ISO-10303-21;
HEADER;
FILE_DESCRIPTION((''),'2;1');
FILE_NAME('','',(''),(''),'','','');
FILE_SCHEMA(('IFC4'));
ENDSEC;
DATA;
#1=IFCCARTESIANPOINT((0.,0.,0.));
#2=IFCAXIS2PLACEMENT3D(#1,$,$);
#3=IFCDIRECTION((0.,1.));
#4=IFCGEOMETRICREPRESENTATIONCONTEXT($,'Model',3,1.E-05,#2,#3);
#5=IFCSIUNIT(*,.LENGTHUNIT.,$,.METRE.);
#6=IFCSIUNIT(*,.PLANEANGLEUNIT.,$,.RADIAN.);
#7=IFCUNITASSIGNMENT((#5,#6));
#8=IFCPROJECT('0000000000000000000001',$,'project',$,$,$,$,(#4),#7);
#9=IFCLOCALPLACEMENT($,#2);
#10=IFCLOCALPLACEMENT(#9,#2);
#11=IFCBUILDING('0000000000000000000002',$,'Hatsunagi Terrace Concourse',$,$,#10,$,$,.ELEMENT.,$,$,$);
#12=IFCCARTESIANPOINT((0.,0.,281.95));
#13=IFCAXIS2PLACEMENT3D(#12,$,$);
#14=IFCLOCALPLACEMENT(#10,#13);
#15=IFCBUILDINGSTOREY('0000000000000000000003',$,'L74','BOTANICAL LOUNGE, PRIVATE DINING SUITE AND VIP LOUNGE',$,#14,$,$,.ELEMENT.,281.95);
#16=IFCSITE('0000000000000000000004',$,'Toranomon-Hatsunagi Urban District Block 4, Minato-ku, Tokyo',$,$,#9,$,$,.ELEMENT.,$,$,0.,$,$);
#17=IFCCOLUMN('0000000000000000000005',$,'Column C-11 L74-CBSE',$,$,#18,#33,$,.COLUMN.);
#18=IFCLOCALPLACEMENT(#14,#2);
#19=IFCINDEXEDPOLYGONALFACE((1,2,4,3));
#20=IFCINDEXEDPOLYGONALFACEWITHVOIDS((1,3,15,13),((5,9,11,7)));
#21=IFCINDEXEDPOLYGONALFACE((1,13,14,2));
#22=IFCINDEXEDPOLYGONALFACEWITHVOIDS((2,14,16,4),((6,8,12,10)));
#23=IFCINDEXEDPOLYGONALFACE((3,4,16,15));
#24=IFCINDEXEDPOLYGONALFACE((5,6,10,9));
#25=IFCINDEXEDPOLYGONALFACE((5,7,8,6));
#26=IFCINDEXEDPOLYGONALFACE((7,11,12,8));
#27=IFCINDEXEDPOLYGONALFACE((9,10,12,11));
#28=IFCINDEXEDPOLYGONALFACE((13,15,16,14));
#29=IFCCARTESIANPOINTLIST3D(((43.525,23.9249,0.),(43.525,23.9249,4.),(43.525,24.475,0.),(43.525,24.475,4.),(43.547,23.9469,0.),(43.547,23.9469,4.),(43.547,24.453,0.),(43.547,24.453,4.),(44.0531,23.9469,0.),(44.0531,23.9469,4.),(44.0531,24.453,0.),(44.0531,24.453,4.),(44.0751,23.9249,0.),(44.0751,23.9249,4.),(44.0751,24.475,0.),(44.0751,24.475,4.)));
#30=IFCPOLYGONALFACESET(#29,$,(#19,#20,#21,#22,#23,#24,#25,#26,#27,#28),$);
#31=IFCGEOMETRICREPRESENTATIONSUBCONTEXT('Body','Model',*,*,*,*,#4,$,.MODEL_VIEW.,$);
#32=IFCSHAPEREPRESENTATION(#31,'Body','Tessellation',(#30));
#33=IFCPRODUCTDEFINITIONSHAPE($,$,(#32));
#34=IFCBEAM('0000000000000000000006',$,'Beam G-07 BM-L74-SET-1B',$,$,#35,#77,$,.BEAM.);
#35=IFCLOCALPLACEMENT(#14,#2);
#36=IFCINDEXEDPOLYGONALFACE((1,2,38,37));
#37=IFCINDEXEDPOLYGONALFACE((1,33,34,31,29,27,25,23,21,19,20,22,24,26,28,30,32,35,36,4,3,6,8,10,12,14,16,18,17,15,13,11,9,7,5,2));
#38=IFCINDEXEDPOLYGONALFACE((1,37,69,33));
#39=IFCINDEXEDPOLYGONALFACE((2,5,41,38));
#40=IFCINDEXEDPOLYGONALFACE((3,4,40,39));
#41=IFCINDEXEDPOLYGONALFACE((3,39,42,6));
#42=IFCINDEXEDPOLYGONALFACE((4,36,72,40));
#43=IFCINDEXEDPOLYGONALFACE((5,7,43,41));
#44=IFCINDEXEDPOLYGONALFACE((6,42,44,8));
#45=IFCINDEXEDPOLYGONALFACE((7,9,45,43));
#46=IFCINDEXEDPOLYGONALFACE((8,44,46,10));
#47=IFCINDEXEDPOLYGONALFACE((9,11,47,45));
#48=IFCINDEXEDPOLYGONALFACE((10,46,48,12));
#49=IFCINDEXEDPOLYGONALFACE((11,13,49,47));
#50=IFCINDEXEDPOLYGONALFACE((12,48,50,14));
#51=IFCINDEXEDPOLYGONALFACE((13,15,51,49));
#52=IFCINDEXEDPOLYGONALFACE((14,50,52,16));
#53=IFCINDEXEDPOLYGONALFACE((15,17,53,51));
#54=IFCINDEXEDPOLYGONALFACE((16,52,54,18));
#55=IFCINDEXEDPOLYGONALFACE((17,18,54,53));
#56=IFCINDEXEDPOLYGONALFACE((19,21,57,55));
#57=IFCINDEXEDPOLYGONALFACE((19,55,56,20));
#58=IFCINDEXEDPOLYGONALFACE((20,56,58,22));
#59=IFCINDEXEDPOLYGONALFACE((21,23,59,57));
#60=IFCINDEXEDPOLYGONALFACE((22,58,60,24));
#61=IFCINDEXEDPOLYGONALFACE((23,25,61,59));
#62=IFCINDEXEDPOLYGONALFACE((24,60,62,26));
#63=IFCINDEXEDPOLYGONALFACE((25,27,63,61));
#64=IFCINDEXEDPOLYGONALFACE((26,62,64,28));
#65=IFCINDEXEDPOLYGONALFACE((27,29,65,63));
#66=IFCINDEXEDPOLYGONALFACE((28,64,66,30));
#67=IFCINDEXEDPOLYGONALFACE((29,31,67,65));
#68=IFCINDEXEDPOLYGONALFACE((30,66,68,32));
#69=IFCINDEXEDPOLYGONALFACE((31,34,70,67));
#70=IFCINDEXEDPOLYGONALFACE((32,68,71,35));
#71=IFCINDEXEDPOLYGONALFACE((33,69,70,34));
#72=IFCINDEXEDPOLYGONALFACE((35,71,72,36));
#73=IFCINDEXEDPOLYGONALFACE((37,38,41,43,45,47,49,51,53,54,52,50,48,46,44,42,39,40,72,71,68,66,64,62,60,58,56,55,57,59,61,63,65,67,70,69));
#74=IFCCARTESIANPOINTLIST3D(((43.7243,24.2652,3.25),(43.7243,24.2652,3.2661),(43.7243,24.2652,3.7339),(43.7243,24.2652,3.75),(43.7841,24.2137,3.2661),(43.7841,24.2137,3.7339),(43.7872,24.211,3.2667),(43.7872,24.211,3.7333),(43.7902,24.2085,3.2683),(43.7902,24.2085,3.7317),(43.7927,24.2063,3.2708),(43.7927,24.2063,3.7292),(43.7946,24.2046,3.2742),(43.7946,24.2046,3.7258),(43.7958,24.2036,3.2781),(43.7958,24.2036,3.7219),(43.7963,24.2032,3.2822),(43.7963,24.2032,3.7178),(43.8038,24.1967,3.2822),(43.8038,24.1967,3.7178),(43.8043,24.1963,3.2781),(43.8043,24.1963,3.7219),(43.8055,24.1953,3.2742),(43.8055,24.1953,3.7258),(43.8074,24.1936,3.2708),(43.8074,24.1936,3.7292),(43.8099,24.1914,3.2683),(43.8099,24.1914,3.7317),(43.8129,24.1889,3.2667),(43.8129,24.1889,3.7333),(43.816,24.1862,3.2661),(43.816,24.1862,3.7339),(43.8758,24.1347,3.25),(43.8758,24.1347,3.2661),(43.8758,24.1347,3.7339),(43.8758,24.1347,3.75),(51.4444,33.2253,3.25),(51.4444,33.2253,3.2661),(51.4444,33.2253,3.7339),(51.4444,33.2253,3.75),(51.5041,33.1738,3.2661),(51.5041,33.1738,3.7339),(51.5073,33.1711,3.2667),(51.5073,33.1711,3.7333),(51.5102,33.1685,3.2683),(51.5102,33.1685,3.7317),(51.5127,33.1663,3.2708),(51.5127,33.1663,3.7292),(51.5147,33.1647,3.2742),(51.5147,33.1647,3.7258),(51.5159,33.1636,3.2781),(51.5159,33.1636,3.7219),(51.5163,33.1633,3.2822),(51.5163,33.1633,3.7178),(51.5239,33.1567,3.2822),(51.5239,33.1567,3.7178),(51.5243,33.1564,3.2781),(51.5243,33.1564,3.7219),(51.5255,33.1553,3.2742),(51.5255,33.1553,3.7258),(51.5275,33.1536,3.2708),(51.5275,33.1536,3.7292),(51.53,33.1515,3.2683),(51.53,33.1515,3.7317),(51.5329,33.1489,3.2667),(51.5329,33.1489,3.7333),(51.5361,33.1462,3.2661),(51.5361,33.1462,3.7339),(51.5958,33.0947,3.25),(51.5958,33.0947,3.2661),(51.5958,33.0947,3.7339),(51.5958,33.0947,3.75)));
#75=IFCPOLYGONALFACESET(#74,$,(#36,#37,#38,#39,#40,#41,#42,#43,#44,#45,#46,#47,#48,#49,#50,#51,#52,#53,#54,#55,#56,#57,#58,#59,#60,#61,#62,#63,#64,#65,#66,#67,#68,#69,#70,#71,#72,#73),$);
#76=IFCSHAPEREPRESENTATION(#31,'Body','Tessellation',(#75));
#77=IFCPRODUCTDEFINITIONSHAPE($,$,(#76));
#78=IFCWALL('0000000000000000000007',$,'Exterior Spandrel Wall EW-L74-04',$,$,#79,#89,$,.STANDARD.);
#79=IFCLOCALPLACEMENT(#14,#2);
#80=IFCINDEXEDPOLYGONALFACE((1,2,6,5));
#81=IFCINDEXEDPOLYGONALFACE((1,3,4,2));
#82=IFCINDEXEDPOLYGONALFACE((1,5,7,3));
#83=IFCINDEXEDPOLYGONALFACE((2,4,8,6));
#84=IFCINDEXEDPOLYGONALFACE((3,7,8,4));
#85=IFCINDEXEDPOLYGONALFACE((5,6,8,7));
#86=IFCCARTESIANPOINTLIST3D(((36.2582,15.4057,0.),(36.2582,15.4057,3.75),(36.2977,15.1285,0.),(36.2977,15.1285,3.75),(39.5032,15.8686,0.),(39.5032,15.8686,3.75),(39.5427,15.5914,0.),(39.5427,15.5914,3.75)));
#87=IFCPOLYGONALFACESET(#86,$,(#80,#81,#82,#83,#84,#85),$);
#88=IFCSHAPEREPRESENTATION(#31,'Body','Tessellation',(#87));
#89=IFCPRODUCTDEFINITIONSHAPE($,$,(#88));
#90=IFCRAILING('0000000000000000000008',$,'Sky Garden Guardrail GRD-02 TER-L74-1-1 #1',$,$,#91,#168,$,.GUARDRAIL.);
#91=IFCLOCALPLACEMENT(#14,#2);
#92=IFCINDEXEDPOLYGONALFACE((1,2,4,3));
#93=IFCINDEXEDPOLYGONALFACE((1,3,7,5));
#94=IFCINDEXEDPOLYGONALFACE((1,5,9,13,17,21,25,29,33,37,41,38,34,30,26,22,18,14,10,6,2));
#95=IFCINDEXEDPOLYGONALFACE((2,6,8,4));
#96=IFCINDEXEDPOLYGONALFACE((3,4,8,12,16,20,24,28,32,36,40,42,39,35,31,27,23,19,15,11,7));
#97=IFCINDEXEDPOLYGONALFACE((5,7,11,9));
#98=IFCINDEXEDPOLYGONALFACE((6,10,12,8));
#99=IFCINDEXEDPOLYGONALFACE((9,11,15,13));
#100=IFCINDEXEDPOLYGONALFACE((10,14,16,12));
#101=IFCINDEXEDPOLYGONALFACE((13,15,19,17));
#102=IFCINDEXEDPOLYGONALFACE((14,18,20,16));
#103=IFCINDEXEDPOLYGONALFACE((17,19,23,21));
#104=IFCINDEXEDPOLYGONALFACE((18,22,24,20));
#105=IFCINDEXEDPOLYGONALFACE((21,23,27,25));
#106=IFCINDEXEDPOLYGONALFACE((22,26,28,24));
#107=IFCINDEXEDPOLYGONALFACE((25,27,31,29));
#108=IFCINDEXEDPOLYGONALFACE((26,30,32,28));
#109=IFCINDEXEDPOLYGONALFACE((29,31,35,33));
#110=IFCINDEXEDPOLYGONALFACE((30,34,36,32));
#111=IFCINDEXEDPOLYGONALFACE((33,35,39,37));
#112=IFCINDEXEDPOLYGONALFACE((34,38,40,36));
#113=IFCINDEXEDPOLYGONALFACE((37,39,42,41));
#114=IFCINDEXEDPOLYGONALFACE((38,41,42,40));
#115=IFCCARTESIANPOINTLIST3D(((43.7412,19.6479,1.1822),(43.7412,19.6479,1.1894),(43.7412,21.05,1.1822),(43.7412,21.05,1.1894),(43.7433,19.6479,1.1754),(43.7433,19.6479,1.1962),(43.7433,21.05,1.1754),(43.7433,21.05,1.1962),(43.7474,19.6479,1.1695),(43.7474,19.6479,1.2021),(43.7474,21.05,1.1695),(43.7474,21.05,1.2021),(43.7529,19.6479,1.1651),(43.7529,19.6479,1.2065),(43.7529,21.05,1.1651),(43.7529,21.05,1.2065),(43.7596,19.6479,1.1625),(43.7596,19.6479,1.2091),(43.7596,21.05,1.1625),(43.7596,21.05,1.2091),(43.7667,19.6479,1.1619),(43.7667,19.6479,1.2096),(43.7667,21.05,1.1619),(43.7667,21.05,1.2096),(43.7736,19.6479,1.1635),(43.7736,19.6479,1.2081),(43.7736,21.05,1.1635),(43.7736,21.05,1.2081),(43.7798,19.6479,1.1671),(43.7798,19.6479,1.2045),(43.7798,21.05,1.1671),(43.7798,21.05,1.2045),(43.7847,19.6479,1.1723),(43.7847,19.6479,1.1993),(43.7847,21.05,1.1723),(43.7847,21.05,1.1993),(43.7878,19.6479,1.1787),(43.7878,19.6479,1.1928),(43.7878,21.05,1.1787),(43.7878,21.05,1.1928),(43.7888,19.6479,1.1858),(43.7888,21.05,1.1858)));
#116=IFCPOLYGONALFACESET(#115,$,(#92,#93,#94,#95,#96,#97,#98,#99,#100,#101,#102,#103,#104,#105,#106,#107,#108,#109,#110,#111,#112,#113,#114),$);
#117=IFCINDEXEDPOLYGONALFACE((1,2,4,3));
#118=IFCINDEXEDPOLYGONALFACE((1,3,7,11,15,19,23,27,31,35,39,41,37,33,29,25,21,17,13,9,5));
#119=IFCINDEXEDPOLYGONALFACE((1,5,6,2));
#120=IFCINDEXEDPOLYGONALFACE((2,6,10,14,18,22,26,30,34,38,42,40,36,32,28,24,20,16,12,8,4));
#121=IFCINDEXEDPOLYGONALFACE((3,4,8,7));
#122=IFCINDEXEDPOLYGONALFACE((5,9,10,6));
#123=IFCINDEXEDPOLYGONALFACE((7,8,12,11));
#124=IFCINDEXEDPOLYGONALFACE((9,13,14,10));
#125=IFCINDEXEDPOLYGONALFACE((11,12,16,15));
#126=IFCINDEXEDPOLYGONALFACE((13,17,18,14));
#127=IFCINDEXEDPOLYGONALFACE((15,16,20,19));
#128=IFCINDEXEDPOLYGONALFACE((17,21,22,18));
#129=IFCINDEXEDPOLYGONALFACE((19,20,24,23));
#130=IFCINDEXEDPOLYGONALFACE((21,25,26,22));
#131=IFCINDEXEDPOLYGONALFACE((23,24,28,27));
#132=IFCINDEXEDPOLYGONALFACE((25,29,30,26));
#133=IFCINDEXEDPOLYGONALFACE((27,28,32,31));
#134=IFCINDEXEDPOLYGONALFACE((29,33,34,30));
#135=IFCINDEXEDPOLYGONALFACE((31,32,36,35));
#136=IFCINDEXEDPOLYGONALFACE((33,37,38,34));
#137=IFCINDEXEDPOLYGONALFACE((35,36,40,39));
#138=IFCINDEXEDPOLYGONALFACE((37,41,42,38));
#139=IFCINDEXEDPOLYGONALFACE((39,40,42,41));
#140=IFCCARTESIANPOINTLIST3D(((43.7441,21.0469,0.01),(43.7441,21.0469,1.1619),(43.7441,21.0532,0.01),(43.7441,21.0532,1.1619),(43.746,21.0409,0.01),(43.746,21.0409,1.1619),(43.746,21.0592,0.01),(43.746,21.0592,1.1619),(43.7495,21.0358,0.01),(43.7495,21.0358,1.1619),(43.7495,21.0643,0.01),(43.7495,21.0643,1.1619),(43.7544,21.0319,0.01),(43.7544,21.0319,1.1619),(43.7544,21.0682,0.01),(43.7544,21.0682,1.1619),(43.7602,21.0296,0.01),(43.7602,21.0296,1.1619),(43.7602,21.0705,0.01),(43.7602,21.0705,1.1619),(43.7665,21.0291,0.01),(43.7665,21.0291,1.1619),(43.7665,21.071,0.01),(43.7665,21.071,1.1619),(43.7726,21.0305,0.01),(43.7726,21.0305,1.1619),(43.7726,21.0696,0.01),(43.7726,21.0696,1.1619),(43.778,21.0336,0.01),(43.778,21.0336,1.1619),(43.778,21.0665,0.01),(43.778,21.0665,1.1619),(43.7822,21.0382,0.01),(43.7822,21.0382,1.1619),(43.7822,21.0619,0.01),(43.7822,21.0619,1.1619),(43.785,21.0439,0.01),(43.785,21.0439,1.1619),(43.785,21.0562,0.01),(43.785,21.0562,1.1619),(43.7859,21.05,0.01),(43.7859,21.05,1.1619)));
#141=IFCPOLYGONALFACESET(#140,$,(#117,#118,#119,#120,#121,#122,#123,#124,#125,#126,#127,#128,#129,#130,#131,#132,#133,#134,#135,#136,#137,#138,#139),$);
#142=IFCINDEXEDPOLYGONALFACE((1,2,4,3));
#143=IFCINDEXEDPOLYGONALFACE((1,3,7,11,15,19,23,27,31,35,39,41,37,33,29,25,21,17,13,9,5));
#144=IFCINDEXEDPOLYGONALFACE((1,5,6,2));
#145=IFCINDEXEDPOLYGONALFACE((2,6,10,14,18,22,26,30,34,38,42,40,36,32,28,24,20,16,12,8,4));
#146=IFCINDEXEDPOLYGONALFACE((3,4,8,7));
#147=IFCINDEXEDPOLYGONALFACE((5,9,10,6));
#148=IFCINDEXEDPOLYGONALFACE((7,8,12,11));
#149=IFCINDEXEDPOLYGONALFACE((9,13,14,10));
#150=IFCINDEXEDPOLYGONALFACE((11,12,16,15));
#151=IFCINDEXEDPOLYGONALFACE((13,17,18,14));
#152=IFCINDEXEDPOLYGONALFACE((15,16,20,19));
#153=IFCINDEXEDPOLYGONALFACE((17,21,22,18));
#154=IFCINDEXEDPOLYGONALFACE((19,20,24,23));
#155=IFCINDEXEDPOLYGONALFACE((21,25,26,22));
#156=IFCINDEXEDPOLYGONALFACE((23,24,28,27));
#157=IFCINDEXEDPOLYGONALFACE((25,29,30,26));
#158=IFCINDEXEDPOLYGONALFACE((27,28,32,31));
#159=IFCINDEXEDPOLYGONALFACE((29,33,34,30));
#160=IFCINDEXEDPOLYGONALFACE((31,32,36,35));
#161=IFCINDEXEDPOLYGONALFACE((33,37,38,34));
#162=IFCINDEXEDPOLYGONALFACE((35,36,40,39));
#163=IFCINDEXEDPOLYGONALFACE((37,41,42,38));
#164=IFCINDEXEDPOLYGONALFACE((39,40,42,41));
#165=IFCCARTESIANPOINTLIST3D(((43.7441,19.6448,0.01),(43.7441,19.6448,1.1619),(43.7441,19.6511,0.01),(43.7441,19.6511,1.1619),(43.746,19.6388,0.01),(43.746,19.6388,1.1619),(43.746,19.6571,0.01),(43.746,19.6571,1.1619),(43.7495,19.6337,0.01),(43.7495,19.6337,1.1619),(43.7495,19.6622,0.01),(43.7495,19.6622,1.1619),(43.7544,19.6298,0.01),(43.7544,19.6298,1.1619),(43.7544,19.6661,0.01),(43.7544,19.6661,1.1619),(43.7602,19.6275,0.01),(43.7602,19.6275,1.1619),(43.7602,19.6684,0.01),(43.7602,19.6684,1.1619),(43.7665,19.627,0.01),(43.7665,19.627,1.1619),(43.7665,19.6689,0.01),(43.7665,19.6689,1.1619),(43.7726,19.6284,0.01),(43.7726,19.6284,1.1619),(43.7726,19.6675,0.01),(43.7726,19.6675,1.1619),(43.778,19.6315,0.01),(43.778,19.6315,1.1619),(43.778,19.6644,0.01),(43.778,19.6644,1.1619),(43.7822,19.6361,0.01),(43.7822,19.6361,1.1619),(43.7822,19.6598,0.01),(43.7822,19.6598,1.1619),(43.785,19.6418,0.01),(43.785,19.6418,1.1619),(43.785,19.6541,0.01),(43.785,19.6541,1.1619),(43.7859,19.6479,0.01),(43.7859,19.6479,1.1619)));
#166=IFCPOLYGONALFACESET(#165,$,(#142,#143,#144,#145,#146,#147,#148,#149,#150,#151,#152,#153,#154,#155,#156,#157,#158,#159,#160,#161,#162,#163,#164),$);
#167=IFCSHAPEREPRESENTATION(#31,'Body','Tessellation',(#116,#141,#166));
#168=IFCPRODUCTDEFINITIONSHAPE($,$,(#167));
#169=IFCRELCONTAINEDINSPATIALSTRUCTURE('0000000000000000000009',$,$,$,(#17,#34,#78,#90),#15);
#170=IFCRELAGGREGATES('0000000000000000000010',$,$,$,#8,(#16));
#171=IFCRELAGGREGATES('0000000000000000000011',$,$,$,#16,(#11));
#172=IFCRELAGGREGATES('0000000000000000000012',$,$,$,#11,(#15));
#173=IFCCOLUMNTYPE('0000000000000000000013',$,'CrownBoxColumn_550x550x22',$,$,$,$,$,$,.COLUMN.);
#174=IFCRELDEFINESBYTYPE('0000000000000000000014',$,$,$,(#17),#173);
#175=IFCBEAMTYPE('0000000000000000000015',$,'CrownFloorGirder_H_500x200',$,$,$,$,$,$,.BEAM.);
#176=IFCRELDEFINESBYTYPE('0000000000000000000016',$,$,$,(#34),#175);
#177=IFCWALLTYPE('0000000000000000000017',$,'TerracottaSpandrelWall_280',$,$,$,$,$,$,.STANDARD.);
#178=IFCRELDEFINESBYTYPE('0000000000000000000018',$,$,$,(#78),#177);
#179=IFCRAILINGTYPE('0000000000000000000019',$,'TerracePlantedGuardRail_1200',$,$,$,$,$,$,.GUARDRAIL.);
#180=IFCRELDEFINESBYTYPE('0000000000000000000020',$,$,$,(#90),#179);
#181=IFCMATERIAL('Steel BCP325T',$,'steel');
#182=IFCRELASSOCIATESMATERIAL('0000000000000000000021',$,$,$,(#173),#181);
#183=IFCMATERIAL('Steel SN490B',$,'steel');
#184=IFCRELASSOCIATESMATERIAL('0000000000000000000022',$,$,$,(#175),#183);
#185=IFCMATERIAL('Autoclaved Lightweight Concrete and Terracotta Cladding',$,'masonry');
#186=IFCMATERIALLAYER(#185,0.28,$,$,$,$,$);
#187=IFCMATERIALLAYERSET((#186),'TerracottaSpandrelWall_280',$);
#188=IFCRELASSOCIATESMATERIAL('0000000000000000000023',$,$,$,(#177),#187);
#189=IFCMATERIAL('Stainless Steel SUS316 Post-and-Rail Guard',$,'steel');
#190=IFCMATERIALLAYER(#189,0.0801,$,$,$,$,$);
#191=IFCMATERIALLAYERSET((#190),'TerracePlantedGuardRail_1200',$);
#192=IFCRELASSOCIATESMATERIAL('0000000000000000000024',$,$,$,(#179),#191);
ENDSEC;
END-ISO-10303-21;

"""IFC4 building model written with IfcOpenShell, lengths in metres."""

from ifc_helpers import new_model, si_unit, direction, frame, frame_2d, origin, origin_2d, place, context, subcontext, project, spatial, rectangle, hollow_rectangle, circle, i_section, extrude, material, layer, layer_set, material_profile, profile_set, type_object, element, save


model = new_model("IFC4")

# Units and contexts
model_context = context("Model", 3, precision=1e-05, world=origin(), true_north=direction((0.0, 1.0)))
body_context = subcontext(model_context, "Body", "Model", "MODEL_VIEW")
ifc_project = project(units=[si_unit("LENGTHUNIT", "METRE"), si_unit("PLANEANGLEUNIT", "RADIAN")], contexts=[model_context])

# Site, building, storey
site_placement = place(None, origin())
site = spatial("IfcSite", under=ifc_project, at=site_placement, Name="Toranomon-Hatsunagi Urban District Block 4, Minato-ku, Tokyo", CompositionType="ELEMENT", RefElevation=0.0)
building_placement = place(site_placement, origin())
building = spatial("IfcBuilding", under=site, at=building_placement, Name="Hatsunagi Terrace Concourse", CompositionType="ELEMENT")
storey_placement = place(building_placement, frame((0.0, 0.0, 281.95)))
storey = spatial("IfcBuildingStorey", under=building, at=storey_placement, Name="L74", Description="BOTANICAL LOUNGE, PRIVATE DINING SUITE AND VIP LOUNGE", CompositionType="ELEMENT", Elevation=281.95)

# Column
ifc_material_1 = material(Name="Steel BCP325T", Category="steel")
ifc_material_profile_1 = material_profile(ifc_material_1, hollow_rectangle(XDim=0.55, YDim=0.55, WallThickness=0.022, at=origin_2d()), Name="BCP-550x550x22")
ifc_profile_set_1 = profile_set([ifc_material_profile_1], Name="Steel BCP325T")
column_type = type_object("IfcColumnType", Name="CrownBoxColumn_550x550x22", PredefinedType="COLUMN", material=ifc_profile_set_1)
column_placement = place(storey_placement, frame((43.8, 24.2, 0.0), z_axis=(0.0, 0.0, 1.0), x_axis=(1.0, 0.0, 0.0)))
element("IfcColumn", 1, at=column_placement, inside=storey, type_object=column_type, Name="Column C-11 L74-CBSE", PredefinedType="COLUMN", context=body_context, shape_type="SweptSolid", body=[
    extrude(hollow_rectangle(XDim=0.55, YDim=0.55, WallThickness=0.022, at=origin_2d()), origin(), (0.0, 0.0, 1.0), 4.0),
])

# Beam
ifc_material_2 = material(Name="Steel SN490B", Category="steel")
ifc_material_profile_2 = material_profile(ifc_material_2, i_section(OverallWidth=0.2, OverallDepth=0.5, WebThickness=0.01, FlangeThickness=0.0161, FilletRadius=0.0161, at=origin_2d()), Name="H-500x200x10x16")
ifc_profile_set_2 = profile_set([ifc_material_profile_2], Name="Steel SN490B")
beam_type = type_object("IfcBeamType", Name="CrownFloorGirder_H_500x200", PredefinedType="BEAM", material=ifc_profile_set_2)
beam_placement = place(storey_placement, frame((43.8, 24.2, 3.5), z_axis=(0.652739, 0.757583, 0.0), x_axis=(-0.757583, 0.652739, 0.0)))
element("IfcBeam", 2, at=beam_placement, inside=storey, type_object=beam_type, Name="Beam G-07 BM-L74-SET-1B", PredefinedType="BEAM", context=body_context, shape_type="SweptSolid", body=[
    extrude(i_section(OverallWidth=0.2, OverallDepth=0.5, WebThickness=0.01, FlangeThickness=0.0161, FilletRadius=0.0161, at=origin_2d()), origin(), (0.0, 0.0, 1.0), 11.8271),
])

# Wall
ifc_material_3 = material(Name="Autoclaved Lightweight Concrete and Terracotta Cladding", Category="masonry")
ifc_layer_1 = layer(ifc_material_3, 0.28)
ifc_layer_set_1 = layer_set([ifc_layer_1], Name="TerracottaSpandrelWall_280")
wall_type = type_object("IfcWallType", Name="TerracottaSpandrelWall_280", PredefinedType="STANDARD", material=ifc_layer_set_1)
wall_placement = place(storey_placement, frame((39.5229, 15.73, 0.0), z_axis=(0.0, 0.0, 1.0), x_axis=(-0.989978, -0.141223, 0.0)))
element("IfcWall", 3, at=wall_placement, inside=storey, type_object=wall_type, Name="Exterior Spandrel Wall EW-L74-04", PredefinedType="STANDARD", context=body_context, shape_type="SweptSolid", body=[
    extrude(rectangle(XDim=3.2778, YDim=0.28, at=frame_2d((1.6389, 0.0))), origin(), (0.0, 0.0, 1.0), 3.75),
])

# Railing
ifc_material_4 = material(Name="Stainless Steel SUS316 Post-and-Rail Guard", Category="steel")
ifc_layer_2 = layer(ifc_material_4, 0.0801)
ifc_layer_set_2 = layer_set([ifc_layer_2], Name="TerracePlantedGuardRail_1200")
railing_type = type_object("IfcRailingType", Name="TerracePlantedGuardRail_1200", PredefinedType="GUARDRAIL", material=ifc_layer_set_2)
railing_1_placement = place(storey_placement, frame((43.7649, 21.05, 0.01)))
element("IfcRailing", 4, at=railing_1_placement, inside=storey, type_object=railing_type, Name="Sky Garden Guardrail GRD-02 TER-L74-1-1 #1", PredefinedType="GUARDRAIL", context=body_context, shape_type="SweptSolid", body=[
    extrude(circle(Radius=0.0239, at=origin_2d()), frame((0.0, 0.0, 1.1758), z_axis=(0.0, -1.0, 0.0), x_axis=(1.0, 0.0, 0.0)), (0.0, 0.0, 1.0), 1.4021),
    extrude(circle(Radius=0.021, at=origin_2d()), origin(), (0.0, 0.0, 1.0), 1.1519),
    extrude(circle(Radius=0.021, at=origin_2d()), frame((0.0, -1.4021, 0.0)), (0.0, 0.0, 1.0), 1.1519),
])

save(model, "model.ifc")
